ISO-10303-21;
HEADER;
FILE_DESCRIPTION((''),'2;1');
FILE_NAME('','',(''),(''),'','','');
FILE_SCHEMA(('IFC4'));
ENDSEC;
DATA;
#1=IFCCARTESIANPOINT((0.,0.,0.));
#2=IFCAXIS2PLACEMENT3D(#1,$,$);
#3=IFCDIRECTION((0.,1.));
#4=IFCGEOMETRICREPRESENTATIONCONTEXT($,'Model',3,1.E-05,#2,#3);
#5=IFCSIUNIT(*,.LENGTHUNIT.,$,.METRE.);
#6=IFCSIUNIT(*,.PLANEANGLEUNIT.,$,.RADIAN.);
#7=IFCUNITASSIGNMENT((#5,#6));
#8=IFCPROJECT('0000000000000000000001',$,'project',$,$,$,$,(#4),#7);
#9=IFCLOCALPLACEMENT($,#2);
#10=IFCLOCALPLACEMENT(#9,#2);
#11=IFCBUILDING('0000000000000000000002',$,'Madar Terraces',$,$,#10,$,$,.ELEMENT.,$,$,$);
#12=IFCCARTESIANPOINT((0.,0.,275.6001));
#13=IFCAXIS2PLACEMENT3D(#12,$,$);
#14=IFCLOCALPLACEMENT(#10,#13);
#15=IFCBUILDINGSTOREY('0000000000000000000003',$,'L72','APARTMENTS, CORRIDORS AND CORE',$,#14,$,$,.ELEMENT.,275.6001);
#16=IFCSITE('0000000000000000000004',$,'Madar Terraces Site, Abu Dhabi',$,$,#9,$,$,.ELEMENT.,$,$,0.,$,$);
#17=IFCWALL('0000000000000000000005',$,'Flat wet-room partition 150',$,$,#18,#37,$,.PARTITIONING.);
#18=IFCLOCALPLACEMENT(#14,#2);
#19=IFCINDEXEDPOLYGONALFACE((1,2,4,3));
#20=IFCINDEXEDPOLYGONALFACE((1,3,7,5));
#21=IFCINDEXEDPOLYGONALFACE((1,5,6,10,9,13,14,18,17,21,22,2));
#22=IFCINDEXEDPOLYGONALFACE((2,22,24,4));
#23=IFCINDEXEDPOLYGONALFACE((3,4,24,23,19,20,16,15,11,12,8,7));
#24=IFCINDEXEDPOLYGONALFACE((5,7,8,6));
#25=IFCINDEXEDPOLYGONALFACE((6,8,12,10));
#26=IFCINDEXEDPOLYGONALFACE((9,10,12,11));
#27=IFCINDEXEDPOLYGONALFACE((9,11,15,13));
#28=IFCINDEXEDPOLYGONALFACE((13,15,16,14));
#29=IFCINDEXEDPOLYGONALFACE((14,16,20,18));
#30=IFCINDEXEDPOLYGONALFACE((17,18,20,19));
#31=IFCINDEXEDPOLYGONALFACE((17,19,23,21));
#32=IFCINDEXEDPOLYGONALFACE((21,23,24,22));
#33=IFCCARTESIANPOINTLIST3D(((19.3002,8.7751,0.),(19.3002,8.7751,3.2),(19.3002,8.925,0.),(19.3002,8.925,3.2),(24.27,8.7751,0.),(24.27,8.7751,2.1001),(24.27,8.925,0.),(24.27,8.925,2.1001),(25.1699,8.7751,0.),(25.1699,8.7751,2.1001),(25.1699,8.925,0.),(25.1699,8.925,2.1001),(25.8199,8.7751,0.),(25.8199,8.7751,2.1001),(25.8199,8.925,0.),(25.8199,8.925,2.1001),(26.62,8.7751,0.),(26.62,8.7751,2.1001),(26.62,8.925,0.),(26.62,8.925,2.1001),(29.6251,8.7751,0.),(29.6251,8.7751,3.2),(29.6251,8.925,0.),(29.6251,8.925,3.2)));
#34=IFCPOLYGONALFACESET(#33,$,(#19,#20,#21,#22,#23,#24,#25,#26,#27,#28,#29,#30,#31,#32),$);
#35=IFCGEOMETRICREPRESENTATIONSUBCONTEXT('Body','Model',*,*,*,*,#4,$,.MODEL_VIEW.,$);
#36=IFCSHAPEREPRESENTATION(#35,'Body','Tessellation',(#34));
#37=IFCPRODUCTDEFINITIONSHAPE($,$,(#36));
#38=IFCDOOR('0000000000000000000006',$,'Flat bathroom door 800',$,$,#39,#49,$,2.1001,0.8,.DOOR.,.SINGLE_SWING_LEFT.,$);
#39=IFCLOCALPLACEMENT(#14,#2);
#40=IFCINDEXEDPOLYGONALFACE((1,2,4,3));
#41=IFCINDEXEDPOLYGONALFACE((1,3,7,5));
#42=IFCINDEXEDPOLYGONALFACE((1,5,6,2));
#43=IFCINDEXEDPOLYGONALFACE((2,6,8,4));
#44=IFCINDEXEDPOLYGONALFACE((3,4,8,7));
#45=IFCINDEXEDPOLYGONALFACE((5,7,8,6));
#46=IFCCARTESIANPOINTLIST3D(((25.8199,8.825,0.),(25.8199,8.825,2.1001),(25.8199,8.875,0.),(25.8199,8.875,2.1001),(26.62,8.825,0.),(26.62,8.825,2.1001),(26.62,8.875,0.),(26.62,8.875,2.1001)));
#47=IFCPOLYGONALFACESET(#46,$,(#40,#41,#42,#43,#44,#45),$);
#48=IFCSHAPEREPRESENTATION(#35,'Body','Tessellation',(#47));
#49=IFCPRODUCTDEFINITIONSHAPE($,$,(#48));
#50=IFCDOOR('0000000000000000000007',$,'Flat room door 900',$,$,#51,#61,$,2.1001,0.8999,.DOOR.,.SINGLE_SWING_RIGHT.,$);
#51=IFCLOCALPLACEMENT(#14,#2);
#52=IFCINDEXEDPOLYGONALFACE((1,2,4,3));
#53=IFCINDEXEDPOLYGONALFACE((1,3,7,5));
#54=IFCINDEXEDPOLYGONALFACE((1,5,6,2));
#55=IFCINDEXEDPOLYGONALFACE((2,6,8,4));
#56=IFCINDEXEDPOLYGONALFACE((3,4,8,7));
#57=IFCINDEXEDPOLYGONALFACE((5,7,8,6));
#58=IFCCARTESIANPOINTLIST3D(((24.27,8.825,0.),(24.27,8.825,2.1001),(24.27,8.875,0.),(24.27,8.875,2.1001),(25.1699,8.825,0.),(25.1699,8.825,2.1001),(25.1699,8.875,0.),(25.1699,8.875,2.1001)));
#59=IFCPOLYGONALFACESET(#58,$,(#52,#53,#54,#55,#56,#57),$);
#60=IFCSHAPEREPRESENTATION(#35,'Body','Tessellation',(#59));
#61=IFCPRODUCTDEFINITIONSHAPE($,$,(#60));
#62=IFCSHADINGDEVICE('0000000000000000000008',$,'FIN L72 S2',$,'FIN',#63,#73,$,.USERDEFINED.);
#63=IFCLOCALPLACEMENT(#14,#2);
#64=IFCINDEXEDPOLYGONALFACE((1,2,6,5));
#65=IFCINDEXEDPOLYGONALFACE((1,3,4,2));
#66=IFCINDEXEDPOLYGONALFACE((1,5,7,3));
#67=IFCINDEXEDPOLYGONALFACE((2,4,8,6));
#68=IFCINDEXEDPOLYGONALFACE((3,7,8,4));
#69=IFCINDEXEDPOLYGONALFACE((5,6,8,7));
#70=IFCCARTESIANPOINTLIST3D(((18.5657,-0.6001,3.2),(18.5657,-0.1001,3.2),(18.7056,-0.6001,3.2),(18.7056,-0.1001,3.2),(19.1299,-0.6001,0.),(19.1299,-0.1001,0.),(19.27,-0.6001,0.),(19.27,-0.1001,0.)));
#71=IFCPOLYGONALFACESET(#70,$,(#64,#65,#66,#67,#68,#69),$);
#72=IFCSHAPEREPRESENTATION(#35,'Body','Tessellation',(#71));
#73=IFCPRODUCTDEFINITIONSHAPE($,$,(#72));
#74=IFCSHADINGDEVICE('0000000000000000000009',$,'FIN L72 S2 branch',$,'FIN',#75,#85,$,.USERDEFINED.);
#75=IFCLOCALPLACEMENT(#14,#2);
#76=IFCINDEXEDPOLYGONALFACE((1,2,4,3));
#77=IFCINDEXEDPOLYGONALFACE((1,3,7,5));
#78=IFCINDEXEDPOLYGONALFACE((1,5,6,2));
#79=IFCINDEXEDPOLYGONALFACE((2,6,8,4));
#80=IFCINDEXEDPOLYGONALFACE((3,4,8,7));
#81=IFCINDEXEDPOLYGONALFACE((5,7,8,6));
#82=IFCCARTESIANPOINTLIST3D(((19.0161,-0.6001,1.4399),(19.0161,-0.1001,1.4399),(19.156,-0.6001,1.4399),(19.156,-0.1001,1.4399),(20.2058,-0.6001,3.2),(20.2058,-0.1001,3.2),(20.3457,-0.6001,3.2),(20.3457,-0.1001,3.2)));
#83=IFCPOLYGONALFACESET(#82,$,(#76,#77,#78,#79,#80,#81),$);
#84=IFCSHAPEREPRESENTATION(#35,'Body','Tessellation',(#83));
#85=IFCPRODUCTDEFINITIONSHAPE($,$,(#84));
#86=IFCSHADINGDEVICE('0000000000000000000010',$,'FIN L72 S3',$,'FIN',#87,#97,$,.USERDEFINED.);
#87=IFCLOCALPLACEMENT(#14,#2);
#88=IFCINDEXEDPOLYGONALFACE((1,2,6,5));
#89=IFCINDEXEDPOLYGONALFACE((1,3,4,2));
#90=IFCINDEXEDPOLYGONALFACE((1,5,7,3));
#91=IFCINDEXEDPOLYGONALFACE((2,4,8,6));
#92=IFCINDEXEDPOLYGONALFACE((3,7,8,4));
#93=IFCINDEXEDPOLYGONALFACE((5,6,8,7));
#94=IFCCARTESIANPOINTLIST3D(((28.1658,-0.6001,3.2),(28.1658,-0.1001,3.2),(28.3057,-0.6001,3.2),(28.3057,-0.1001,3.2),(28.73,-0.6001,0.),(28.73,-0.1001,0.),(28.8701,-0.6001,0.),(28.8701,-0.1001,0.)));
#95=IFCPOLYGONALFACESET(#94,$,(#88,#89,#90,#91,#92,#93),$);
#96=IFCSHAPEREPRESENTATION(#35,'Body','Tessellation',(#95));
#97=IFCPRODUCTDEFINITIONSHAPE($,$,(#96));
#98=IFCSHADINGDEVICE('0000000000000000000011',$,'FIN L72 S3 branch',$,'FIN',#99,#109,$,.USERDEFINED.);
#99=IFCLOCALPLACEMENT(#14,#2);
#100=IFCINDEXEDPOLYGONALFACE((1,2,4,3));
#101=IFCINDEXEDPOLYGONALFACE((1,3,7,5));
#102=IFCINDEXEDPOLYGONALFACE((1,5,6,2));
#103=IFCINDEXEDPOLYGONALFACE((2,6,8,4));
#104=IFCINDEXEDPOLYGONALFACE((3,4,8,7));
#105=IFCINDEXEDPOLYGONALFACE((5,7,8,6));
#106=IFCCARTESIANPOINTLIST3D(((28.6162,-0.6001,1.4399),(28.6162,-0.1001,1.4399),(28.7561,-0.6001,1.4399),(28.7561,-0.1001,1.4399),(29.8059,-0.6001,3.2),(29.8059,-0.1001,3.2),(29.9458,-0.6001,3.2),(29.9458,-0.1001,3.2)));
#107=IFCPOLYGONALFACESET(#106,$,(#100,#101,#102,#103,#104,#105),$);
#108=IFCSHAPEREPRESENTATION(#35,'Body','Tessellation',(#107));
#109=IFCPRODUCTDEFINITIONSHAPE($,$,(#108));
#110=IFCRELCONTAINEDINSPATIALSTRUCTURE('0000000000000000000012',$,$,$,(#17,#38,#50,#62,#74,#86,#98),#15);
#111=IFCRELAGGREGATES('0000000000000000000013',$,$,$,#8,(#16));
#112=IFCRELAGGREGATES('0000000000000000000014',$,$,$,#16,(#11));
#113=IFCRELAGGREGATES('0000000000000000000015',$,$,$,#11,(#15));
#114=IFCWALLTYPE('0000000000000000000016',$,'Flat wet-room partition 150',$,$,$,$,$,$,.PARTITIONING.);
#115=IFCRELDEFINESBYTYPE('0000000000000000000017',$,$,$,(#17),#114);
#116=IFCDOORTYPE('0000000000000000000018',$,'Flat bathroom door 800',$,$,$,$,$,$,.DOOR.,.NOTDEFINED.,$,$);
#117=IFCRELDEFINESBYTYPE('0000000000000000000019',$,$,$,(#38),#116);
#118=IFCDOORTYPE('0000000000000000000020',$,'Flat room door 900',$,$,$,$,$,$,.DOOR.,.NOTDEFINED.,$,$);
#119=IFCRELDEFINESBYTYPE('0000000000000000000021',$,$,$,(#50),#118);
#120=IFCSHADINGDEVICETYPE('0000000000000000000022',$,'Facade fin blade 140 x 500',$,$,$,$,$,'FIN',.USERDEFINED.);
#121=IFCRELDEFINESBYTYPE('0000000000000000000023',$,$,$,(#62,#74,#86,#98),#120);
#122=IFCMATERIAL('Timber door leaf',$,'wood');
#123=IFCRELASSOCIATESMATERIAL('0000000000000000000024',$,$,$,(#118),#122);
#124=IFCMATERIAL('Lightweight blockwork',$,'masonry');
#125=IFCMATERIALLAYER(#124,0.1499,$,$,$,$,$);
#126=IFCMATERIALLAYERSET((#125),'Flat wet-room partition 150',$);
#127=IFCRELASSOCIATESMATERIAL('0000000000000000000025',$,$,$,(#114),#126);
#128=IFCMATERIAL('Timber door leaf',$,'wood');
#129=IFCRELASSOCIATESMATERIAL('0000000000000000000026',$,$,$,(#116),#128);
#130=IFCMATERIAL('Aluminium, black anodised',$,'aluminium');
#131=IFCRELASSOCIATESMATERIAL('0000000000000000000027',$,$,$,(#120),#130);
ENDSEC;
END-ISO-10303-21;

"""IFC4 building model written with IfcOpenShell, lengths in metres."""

from ifc_helpers import new_model, si_unit, direction, frame, frame_2d, origin, place, context, subcontext, project, spatial, polyline, rectangle, outline, extrude, material, layer, layer_set, type_object, element, fill, save


model = new_model("IFC4")

# Units and contexts
model_context = context("Model", 3, precision=1e-05, world=origin(), true_north=direction((0.0, 1.0)))
body_context = subcontext(model_context, "Body", "Model", "MODEL_VIEW")
ifc_project = project(units=[si_unit("LENGTHUNIT", "METRE"), si_unit("PLANEANGLEUNIT", "RADIAN")], contexts=[model_context])

# Site, building, storey
site_placement = place(None, origin())
site = spatial("IfcSite", under=ifc_project, at=site_placement, Name="Madar Terraces Site, Abu Dhabi", CompositionType="ELEMENT", RefElevation=0.0)
building_placement = place(site_placement, origin())
building = spatial("IfcBuilding", under=site, at=building_placement, Name="Madar Terraces", CompositionType="ELEMENT")
storey_placement = place(building_placement, frame((0.0, 0.0, 275.6001)))
storey = spatial("IfcBuildingStorey", under=building, at=storey_placement, Name="L72", Description="APARTMENTS, CORRIDORS AND CORE", CompositionType="ELEMENT", Elevation=275.6001)

# Shared definitions
ifc_material_1 = material(Name="Timber door leaf", Category="wood")
door_type_1 = type_object("IfcDoorType", Name="Flat room door 900", OperationType="NOTDEFINED", PredefinedType="DOOR", material=ifc_material_1)

# Shared definitions
ifc_material_2 = material(Name="Lightweight blockwork", Category="masonry")
ifc_layer_1 = layer(ifc_material_2, 0.1499)
ifc_layer_set_1 = layer_set([ifc_layer_1], Name="Flat wet-room partition 150")
wall_type_1 = type_object("IfcWallType", Name="Flat wet-room partition 150", PredefinedType="PARTITIONING", material=ifc_layer_set_1)

# Wall, openings, doors
wall_1_placement = place(storey_placement, frame((19.3, 8.8501, 0.0), z_axis=(0.0, 0.0, 1.0), x_axis=(1.0, 0.0, 0.0)))
wall_1 = element("IfcWall", 1, at=wall_1_placement, inside=storey, type_object=wall_type_1, Name="Flat wet-room partition 150", PredefinedType="PARTITIONING", context=body_context, shape_type="SweptSolid", body=[
    extrude(rectangle(XDim=10.325, YDim=0.1499, at=frame_2d((5.1626, 0.0))), origin(), (0.0, 0.0, 1.0), 3.2),
])
opening_1_placement = place(wall_1_placement, frame((6.52, 0.0, 0.0)))
opening_1 = element("IfcOpeningElement", 2, at=opening_1_placement, cuts=wall_1, PredefinedType="OPENING", context=body_context, shape_type="SweptSolid", body=[
    extrude(rectangle(XDim=0.8, YDim=2.1001, at=frame_2d((0.3999, 1.05))), frame((0.0, 0.085, 0.0), z_axis=(0.0, -1.0, 0.0), x_axis=(1.0, 0.0, 0.0)), (0.0, 0.0, 1.0), 0.1699),
])
opening_2_placement = place(wall_1_placement, frame((4.97, 0.0, 0.0)))
opening_2 = element("IfcOpeningElement", 3, at=opening_2_placement, cuts=wall_1, PredefinedType="OPENING", context=body_context, shape_type="SweptSolid", body=[
    extrude(rectangle(XDim=0.8999, YDim=2.1001, at=frame_2d((0.45, 1.05))), frame((0.0, 0.085, 0.0), z_axis=(0.0, -1.0, 0.0), x_axis=(1.0, 0.0, 0.0)), (0.0, 0.0, 1.0), 0.1699),
])
ifc_material_3 = material(Name="Timber door leaf", Category="wood")
door_type_2 = type_object("IfcDoorType", Name="Flat bathroom door 800", OperationType="NOTDEFINED", PredefinedType="DOOR", material=ifc_material_3)
door_1_placement = place(opening_1_placement, origin())
door_1 = element("IfcDoor", 4, at=door_1_placement, inside=storey, type_object=door_type_2, Name="Flat bathroom door 800", OperationType="SINGLE_SWING_LEFT", OverallHeight=2.1001, OverallWidth=0.8, PredefinedType="DOOR", context=body_context, shape_type="SweptSolid", body=[
    extrude(rectangle(XDim=0.8, YDim=2.1001, at=frame_2d((0.3999, 1.05))), frame((0.0, 0.0249, 0.0), z_axis=(0.0, -1.0, 0.0), x_axis=(1.0, 0.0, 0.0)), (0.0, 0.0, 1.0), 0.05),
])
fill(opening_1, door_1)
door_2_placement = place(opening_2_placement, origin())
door_2 = element("IfcDoor", 5, at=door_2_placement, inside=storey, type_object=door_type_1, Name="Flat room door 900", OperationType="SINGLE_SWING_RIGHT", OverallHeight=2.1001, OverallWidth=0.8999, PredefinedType="DOOR", context=body_context, shape_type="SweptSolid", body=[
    extrude(rectangle(XDim=0.8999, YDim=2.1001, at=frame_2d((0.45, 1.05))), frame((0.0, 0.0249, 0.0), z_axis=(0.0, -1.0, 0.0), x_axis=(1.0, 0.0, 0.0)), (0.0, 0.0, 1.0), 0.05),
])
fill(opening_2, door_2)

# Shading devices
ifc_material_4 = material(Name="Aluminium, black anodised", Category="aluminium")
shading_device_type = type_object("IfcShadingDeviceType", Name="Facade fin blade 140 x 500", ElementType="FIN", PredefinedType="USERDEFINED", material=ifc_material_4)
shading_device_1_placement = place(storey_placement, frame((19.1299, -0.3501, 0.0), z_axis=(0.0, 0.0, 1.0), x_axis=(1.0, 0.0, 0.0)))
element("IfcShadingDevice", 6, at=shading_device_1_placement, inside=storey, type_object=shading_device_type, Name="FIN L72 S2", ObjectType="FIN", PredefinedType="USERDEFINED", context=body_context, shape_type="SweptSolid", body=[
    extrude(outline(polyline([(0.0, 0.0), (0.1401, 0.0), (-0.4243, 3.2), (-0.5642, 3.2), (0.0, 0.0)])), frame((0.0, 0.25, 0.0), z_axis=(0.0, -1.0, 0.0), x_axis=(1.0, 0.0, 0.0)), (0.0, 0.0, 1.0), 0.5),
])
shading_device_2_placement = place(storey_placement, frame((19.0161, -0.3501, 1.4399), z_axis=(0.0, 0.0, 1.0), x_axis=(1.0, 0.0, 0.0)))
element("IfcShadingDevice", 7, at=shading_device_2_placement, inside=storey, type_object=shading_device_type, Name="FIN L72 S2 branch", ObjectType="FIN", PredefinedType="USERDEFINED", context=body_context, shape_type="SweptSolid", body=[
    extrude(outline(polyline([(0.0, 0.0), (0.1399, 0.0), (1.3296, 1.76), (1.1897, 1.76), (0.0, 0.0)])), frame((0.0, 0.25, 0.0), z_axis=(0.0, -1.0, 0.0), x_axis=(1.0, 0.0, 0.0)), (0.0, 0.0, 1.0), 0.5),
])
shading_device_3_placement = place(storey_placement, frame((28.73, -0.3501, 0.0), z_axis=(0.0, 0.0, 1.0), x_axis=(1.0, 0.0, 0.0)))
element("IfcShadingDevice", 8, at=shading_device_3_placement, inside=storey, type_object=shading_device_type, Name="FIN L72 S3", ObjectType="FIN", PredefinedType="USERDEFINED", context=body_context, shape_type="SweptSolid", body=[
    extrude(outline(polyline([(0.0, 0.0), (0.1401, 0.0), (-0.4243, 3.2), (-0.5642, 3.2), (0.0, 0.0)])), frame((0.0, 0.25, 0.0), z_axis=(0.0, -1.0, 0.0), x_axis=(1.0, 0.0, 0.0)), (0.0, 0.0, 1.0), 0.5),
])
shading_device_4_placement = place(storey_placement, frame((28.6162, -0.3501, 1.4399), z_axis=(0.0, 0.0, 1.0), x_axis=(1.0, 0.0, 0.0)))
element("IfcShadingDevice", 9, at=shading_device_4_placement, inside=storey, type_object=shading_device_type, Name="FIN L72 S3 branch", ObjectType="FIN", PredefinedType="USERDEFINED", context=body_context, shape_type="SweptSolid", body=[
    extrude(outline(polyline([(0.0, 0.0), (0.1399, 0.0), (1.3296, 1.76), (1.1897, 1.76), (0.0, 0.0)])), frame((0.0, 0.25, 0.0), z_axis=(0.0, -1.0, 0.0), x_axis=(1.0, 0.0, 0.0)), (0.0, 0.0, 1.0), 0.5),
])

save(model, "model.ifc")
